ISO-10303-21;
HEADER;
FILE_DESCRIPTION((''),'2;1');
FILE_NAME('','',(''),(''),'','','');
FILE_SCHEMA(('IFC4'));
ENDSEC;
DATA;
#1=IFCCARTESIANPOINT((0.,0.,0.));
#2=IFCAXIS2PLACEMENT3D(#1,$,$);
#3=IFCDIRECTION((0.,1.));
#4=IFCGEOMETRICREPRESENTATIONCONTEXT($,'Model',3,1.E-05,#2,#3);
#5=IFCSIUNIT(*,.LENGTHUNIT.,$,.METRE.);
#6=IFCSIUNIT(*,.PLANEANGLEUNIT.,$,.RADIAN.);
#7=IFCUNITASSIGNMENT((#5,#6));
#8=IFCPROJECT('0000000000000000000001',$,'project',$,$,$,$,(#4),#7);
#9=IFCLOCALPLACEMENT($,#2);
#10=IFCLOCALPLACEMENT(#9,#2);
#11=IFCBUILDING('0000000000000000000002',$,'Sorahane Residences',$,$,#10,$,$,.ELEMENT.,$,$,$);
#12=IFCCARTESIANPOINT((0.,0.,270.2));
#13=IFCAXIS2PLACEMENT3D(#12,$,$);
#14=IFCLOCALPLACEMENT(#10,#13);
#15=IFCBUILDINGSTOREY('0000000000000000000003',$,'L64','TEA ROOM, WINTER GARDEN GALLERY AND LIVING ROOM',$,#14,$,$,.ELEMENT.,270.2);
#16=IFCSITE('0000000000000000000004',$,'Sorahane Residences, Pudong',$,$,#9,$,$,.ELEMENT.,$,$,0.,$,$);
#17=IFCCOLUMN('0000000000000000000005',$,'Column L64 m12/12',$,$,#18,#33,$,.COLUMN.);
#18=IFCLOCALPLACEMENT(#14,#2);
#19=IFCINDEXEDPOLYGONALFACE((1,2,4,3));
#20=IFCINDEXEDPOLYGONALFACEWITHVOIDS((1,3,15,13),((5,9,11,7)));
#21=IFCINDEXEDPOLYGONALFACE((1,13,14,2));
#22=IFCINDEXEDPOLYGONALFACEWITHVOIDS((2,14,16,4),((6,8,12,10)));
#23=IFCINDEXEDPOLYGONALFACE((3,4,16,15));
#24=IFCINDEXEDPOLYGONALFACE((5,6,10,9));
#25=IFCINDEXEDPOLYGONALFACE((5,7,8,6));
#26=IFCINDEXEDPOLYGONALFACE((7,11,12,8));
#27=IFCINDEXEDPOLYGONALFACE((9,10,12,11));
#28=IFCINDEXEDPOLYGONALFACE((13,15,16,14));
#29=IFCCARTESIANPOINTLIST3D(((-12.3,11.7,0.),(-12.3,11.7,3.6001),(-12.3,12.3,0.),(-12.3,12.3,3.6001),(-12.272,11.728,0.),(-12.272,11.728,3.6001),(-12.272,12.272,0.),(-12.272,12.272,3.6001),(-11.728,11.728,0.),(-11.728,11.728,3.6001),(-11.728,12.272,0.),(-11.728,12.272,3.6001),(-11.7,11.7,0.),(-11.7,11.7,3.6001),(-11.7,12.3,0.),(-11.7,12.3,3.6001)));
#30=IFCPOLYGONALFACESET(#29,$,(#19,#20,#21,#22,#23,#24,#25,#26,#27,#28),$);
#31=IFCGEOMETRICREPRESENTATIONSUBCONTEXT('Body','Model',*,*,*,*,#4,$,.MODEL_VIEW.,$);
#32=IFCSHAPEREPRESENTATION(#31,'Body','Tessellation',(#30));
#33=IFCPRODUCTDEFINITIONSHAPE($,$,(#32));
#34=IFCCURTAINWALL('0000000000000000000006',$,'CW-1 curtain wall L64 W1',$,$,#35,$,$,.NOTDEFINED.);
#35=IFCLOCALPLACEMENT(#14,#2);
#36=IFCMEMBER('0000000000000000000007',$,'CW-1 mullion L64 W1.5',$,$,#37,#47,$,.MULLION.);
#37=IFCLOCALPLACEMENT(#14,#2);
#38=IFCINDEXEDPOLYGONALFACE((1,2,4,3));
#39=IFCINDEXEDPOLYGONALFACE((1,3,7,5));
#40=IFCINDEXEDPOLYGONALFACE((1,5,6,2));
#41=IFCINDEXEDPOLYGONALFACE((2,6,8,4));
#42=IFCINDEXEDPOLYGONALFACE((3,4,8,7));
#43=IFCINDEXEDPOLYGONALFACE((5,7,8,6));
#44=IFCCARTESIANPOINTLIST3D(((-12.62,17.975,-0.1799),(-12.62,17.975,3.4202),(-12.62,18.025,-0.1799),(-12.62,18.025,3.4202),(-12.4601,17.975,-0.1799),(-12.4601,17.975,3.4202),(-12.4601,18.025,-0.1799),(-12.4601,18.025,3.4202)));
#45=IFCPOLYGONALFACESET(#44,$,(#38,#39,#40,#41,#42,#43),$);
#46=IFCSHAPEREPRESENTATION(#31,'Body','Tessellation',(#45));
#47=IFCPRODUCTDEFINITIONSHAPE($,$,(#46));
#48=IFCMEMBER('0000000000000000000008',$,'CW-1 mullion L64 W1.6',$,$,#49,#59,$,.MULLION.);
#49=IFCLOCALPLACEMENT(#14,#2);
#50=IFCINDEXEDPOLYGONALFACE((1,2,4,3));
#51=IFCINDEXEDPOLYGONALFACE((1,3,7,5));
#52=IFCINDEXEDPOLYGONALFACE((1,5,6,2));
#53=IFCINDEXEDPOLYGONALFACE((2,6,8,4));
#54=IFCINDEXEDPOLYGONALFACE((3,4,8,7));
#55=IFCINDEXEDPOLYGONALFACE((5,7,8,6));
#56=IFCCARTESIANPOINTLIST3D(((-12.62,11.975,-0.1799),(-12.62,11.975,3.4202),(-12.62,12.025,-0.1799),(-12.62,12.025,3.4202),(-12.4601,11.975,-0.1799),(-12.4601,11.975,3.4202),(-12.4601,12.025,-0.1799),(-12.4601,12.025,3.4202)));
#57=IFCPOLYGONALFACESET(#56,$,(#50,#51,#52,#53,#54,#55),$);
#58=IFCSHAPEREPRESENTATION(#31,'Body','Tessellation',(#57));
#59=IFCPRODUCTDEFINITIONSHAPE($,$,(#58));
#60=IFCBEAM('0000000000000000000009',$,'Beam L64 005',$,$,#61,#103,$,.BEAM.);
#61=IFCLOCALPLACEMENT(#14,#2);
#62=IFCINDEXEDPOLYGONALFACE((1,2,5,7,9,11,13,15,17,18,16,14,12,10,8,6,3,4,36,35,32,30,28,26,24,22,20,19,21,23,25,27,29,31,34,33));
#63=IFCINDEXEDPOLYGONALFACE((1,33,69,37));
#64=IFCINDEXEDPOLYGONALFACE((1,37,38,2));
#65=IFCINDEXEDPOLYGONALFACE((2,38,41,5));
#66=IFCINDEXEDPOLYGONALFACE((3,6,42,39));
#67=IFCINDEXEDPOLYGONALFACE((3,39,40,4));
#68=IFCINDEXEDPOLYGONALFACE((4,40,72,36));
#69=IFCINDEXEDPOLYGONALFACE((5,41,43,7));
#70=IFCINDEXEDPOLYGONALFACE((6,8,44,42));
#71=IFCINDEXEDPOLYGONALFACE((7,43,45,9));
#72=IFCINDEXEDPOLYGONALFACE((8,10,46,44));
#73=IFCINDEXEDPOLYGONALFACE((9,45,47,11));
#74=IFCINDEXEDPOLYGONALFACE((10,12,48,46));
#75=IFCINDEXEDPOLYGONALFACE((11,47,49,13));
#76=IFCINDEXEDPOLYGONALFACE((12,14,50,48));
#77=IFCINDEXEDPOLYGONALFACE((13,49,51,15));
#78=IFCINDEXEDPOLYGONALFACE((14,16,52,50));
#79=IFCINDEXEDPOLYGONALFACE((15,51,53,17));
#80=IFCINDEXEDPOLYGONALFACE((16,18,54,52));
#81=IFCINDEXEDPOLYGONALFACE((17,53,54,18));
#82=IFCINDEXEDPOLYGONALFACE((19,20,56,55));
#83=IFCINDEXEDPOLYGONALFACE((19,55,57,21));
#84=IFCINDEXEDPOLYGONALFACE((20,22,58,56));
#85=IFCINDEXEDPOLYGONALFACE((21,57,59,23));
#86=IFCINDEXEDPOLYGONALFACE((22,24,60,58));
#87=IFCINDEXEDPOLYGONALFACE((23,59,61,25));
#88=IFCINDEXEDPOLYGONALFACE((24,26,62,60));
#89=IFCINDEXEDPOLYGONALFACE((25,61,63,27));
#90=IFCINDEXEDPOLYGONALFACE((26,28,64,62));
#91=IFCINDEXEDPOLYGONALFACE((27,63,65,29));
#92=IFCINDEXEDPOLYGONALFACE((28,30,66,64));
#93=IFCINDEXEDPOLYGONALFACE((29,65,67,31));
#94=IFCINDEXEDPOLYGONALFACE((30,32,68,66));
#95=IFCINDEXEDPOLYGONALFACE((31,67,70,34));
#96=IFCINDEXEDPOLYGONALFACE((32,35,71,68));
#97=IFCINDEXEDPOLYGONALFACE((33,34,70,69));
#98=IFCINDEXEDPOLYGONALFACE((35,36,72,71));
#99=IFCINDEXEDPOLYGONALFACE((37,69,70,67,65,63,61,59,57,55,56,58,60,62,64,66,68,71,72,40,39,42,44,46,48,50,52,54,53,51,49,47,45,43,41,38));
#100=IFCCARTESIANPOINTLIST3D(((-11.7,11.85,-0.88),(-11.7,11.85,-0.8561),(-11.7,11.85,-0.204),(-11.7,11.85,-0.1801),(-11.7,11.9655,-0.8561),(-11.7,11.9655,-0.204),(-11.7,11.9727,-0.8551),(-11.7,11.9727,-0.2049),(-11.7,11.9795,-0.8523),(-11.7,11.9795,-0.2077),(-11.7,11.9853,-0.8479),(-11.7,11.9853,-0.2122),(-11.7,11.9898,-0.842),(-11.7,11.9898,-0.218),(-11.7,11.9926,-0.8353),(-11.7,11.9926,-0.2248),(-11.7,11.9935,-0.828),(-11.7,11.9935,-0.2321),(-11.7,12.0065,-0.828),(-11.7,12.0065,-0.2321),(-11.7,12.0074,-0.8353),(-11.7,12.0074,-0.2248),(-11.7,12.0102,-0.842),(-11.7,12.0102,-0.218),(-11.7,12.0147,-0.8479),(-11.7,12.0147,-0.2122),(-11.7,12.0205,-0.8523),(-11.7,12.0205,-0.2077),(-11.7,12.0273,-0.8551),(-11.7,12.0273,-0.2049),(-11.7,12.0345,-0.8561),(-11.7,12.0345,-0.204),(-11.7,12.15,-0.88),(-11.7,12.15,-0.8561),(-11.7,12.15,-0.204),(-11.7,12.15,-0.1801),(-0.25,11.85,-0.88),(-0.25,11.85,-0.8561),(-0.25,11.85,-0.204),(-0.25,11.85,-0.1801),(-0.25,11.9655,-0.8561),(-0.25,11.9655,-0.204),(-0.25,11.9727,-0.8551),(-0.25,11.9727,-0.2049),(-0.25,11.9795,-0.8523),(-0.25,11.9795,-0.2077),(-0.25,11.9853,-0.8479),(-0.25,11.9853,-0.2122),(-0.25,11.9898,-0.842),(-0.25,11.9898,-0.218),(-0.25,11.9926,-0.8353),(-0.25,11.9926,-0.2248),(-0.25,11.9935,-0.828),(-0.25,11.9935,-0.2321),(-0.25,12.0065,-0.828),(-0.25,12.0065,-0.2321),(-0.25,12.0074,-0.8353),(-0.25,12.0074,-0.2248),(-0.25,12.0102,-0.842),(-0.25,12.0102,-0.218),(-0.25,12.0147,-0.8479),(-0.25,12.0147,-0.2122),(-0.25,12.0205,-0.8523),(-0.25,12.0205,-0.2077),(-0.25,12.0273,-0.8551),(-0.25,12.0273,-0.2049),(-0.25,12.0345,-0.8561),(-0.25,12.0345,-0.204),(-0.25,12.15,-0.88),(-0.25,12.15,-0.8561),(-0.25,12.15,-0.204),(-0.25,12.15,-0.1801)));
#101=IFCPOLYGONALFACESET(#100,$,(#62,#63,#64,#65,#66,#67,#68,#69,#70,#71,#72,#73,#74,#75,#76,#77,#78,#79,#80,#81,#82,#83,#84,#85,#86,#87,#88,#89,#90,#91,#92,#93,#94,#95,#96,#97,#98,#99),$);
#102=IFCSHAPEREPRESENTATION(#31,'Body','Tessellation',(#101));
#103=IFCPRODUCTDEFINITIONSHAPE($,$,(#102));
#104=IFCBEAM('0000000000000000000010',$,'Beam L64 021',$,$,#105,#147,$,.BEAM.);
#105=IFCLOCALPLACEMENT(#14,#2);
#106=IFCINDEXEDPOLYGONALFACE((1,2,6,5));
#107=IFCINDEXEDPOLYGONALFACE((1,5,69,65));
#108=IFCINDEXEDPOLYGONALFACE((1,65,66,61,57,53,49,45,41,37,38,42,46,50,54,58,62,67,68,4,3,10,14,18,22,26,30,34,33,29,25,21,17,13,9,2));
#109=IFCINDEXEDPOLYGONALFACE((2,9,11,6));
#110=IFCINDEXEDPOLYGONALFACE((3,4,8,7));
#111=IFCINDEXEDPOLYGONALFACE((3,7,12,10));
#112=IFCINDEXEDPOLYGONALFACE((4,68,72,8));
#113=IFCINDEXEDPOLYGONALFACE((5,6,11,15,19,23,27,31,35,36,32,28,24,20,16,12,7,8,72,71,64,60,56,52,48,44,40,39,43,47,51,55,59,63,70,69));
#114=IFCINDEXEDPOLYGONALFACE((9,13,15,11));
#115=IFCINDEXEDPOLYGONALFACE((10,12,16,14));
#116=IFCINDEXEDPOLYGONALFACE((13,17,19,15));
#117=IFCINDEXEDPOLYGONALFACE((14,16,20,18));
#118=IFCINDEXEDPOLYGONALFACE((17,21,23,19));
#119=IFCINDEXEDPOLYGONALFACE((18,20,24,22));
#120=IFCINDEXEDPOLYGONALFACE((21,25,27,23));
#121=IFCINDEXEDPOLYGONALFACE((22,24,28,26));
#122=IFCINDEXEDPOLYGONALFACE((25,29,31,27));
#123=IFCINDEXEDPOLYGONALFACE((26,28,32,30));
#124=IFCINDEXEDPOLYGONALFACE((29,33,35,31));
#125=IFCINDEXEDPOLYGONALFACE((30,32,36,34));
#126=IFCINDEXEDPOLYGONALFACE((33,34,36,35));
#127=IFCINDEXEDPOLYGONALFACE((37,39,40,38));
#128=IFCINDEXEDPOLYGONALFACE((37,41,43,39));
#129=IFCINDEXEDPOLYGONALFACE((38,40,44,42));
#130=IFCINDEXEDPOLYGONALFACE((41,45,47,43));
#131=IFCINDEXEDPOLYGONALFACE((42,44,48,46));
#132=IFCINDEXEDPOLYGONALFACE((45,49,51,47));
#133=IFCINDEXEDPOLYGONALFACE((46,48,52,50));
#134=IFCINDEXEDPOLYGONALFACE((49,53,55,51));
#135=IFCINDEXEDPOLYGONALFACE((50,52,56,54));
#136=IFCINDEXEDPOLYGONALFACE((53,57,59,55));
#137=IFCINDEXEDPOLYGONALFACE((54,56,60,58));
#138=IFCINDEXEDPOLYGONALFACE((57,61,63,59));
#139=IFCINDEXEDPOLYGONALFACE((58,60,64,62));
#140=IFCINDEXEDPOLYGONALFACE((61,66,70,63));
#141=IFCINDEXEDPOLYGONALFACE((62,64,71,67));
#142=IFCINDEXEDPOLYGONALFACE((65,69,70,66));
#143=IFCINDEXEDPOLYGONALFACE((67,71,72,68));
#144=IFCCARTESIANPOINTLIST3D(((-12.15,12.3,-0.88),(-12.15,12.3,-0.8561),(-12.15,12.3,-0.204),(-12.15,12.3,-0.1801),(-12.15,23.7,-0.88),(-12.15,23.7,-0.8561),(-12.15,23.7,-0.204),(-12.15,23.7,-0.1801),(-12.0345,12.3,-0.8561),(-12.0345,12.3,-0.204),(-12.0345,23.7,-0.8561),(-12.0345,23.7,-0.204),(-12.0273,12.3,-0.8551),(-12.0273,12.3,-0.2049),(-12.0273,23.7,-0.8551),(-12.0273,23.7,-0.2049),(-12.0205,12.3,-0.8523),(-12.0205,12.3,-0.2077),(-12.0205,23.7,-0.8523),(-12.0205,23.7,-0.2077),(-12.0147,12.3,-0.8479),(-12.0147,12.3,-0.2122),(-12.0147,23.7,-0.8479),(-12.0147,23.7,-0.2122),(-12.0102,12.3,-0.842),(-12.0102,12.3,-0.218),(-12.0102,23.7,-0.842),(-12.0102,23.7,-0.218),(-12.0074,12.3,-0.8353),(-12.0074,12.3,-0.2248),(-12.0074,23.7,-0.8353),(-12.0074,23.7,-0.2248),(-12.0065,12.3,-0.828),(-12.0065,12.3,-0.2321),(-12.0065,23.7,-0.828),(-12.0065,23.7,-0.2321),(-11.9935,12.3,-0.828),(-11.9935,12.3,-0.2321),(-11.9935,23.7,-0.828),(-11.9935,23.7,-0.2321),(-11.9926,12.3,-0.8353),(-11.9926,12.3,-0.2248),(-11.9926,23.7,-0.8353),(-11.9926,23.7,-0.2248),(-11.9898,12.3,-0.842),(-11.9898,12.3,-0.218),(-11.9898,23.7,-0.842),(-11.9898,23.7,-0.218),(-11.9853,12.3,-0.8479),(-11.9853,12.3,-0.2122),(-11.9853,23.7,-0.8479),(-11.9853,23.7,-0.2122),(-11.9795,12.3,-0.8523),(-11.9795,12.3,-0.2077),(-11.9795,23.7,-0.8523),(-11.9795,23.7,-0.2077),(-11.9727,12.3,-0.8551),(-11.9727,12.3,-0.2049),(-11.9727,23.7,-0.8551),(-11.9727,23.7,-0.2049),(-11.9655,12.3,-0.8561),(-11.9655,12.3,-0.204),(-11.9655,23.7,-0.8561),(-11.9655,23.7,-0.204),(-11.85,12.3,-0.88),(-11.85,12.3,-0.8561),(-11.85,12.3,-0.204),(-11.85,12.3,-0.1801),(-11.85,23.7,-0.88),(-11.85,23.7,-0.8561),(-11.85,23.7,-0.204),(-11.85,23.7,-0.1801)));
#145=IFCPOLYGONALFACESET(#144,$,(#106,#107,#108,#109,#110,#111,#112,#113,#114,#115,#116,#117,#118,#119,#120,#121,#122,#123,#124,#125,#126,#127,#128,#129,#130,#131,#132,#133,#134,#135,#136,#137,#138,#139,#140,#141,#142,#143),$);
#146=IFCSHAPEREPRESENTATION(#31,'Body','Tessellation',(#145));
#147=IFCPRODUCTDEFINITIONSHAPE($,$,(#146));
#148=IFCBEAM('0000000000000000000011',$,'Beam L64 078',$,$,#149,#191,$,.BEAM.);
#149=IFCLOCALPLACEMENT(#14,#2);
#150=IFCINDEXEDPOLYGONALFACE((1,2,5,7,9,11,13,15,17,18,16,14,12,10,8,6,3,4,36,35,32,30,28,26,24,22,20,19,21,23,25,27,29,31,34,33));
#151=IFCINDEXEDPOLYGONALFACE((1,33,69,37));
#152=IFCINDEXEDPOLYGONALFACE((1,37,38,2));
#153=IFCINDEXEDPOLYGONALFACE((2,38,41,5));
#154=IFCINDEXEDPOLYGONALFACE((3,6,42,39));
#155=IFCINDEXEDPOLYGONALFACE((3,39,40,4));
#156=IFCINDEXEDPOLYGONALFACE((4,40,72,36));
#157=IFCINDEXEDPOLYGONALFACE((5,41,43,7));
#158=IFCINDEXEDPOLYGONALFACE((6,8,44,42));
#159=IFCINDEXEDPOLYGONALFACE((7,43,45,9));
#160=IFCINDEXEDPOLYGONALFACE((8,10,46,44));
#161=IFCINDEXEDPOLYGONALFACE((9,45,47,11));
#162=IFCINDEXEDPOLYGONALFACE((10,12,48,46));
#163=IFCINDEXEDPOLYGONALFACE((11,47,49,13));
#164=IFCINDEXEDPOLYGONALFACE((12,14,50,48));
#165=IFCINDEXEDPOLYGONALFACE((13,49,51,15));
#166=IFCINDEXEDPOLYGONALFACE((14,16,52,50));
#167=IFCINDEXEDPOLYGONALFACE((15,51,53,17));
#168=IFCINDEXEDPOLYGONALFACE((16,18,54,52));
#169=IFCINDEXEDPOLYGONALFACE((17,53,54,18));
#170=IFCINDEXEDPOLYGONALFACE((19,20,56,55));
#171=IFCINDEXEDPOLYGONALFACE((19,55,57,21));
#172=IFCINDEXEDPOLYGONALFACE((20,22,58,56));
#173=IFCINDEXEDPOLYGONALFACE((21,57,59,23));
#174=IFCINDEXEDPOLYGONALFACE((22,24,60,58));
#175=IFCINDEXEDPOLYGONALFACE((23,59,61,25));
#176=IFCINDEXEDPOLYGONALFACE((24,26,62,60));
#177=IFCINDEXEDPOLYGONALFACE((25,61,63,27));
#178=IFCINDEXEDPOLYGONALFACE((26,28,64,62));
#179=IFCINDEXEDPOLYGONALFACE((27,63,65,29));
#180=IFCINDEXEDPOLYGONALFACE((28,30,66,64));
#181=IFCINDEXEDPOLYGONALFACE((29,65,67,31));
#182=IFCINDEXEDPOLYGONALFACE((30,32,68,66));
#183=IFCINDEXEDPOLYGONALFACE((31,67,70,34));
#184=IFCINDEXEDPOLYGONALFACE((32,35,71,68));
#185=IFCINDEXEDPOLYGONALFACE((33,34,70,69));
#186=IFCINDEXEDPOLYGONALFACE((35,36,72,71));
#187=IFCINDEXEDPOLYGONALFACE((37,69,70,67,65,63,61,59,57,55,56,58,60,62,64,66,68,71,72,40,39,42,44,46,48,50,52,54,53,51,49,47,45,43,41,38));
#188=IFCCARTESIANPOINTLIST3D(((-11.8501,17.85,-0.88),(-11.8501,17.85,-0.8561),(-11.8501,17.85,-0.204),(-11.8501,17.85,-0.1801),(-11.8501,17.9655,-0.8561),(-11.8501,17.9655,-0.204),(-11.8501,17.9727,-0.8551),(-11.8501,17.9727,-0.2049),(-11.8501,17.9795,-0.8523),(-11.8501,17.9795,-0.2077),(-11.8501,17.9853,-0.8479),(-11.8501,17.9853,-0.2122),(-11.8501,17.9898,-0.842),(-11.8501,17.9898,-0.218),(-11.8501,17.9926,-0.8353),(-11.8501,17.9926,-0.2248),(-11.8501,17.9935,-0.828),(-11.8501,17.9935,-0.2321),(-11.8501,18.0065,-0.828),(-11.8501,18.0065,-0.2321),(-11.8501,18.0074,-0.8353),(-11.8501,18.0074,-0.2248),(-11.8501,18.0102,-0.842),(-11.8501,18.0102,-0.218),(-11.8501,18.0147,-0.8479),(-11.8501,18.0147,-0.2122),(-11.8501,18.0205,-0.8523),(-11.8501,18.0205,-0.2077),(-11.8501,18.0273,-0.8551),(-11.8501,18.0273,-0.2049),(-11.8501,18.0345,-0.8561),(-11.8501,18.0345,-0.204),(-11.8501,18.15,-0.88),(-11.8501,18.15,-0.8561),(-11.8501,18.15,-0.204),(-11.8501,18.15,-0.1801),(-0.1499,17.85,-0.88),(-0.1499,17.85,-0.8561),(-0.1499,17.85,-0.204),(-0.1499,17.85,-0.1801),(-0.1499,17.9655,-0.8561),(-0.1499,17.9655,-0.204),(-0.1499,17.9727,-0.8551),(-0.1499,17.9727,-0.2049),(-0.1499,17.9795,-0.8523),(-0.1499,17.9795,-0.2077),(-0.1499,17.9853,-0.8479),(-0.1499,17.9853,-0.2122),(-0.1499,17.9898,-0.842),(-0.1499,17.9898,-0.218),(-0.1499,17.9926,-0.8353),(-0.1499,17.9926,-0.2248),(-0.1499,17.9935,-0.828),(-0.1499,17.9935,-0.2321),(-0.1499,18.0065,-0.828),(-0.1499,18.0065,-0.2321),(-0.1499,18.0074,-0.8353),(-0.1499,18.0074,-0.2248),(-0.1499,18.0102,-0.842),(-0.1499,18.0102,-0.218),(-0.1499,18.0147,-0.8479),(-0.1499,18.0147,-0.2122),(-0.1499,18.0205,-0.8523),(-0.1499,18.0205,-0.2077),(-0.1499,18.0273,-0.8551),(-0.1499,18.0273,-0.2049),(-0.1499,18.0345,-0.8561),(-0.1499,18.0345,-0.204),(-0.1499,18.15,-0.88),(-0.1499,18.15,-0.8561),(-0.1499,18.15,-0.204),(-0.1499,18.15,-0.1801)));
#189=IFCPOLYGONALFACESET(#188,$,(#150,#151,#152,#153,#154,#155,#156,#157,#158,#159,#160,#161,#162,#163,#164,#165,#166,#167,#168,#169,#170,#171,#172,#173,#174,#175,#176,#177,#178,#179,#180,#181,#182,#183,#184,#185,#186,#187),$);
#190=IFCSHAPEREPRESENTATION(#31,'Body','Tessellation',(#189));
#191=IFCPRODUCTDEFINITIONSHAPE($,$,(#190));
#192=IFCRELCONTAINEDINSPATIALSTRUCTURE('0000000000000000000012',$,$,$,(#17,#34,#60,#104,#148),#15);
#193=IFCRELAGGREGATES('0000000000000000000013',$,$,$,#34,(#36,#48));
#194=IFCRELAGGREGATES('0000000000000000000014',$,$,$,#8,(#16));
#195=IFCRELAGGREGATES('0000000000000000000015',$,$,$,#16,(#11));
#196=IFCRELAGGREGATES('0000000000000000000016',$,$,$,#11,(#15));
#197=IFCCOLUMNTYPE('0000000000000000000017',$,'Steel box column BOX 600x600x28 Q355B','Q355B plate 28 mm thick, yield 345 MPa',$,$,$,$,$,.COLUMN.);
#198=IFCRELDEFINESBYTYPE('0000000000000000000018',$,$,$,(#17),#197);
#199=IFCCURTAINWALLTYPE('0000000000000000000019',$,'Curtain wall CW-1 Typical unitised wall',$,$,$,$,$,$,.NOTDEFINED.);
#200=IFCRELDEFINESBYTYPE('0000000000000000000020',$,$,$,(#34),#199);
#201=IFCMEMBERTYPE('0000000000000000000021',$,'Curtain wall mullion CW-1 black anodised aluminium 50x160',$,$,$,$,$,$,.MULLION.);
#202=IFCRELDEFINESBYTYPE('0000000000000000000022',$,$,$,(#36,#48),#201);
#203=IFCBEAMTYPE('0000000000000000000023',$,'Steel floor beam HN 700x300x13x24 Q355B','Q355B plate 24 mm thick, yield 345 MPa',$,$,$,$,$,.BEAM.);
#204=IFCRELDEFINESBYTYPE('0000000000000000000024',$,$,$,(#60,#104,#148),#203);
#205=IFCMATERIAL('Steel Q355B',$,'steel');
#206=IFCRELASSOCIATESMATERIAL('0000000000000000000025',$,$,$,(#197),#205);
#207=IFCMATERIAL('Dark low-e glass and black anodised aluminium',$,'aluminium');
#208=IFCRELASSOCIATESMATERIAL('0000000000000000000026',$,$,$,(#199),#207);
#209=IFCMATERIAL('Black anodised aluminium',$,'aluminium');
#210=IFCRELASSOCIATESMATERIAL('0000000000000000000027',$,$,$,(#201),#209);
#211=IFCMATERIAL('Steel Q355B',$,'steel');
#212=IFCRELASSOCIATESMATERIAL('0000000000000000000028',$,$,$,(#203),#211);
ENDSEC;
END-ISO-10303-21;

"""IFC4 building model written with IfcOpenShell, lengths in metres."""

from ifc_helpers import new_model, si_unit, direction, frame, origin, origin_2d, place, context, subcontext, project, spatial, rectangle, hollow_rectangle, i_section, extrude, material, material_profile, profile_set, type_object, element, aggregate, save


model = new_model("IFC4")

# Units and contexts
model_context = context("Model", 3, precision=1e-05, world=origin(), true_north=direction((0.0, 1.0)))
body_context = subcontext(model_context, "Body", "Model", "MODEL_VIEW")
ifc_project = project(units=[si_unit("LENGTHUNIT", "METRE"), si_unit("PLANEANGLEUNIT", "RADIAN")], contexts=[model_context])

# Site, building, storey
site_placement = place(None, origin())
site = spatial("IfcSite", under=ifc_project, at=site_placement, Name="Sorahane Residences, Pudong", CompositionType="ELEMENT", RefElevation=0.0)
building_placement = place(site_placement, origin())
building = spatial("IfcBuilding", under=site, at=building_placement, Name="Sorahane Residences", CompositionType="ELEMENT")
storey_placement = place(building_placement, frame((0.0, 0.0, 270.2)))
storey = spatial("IfcBuildingStorey", under=building, at=storey_placement, Name="L64", Description="TEA ROOM, WINTER GARDEN GALLERY AND LIVING ROOM", CompositionType="ELEMENT", Elevation=270.2)

# Column
ifc_material_1 = material(Name="Steel Q355B", Category="steel")
ifc_material_profile_1 = material_profile(ifc_material_1, hollow_rectangle(XDim=0.6001, YDim=0.6001, WallThickness=0.0281, at=origin_2d()), Name="BOX 600x600x28")
ifc_profile_set_1 = profile_set([ifc_material_profile_1], Name="Steel Q355B")
column_type = type_object("IfcColumnType", Name="Steel box column BOX 600x600x28 Q355B", Description="Q355B plate 28 mm thick, yield 345 MPa", PredefinedType="COLUMN", material=ifc_profile_set_1)
column_placement = place(storey_placement, frame((-12.0, 12.0, 0.0), z_axis=(0.0, 0.0, 1.0), x_axis=(1.0, 0.0, 0.0)))
element("IfcColumn", 1, at=column_placement, inside=storey, type_object=column_type, Name="Column L64 m12/12", PredefinedType="COLUMN", context=body_context, shape_type="SweptSolid", body=[
    extrude(hollow_rectangle(XDim=0.6001, YDim=0.6001, WallThickness=0.0281, at=origin_2d()), origin(), (0.0, 0.0, 1.0), 3.6001),
])

# Curtain wall, members
ifc_material_2 = material(Name="Dark low-e glass and black anodised aluminium", Category="aluminium")
curtain_wall_type = type_object("IfcCurtainWallType", Name="Curtain wall CW-1 Typical unitised wall", PredefinedType="NOTDEFINED", material=ifc_material_2)
curtain_wall_placement = place(storey_placement, origin())
curtain_wall = element("IfcCurtainWall", 2, at=curtain_wall_placement, inside=storey, type_object=curtain_wall_type, Name="CW-1 curtain wall L64 W1", PredefinedType="NOTDEFINED")
ifc_material_3 = material(Name="Black anodised aluminium", Category="aluminium")
ifc_material_profile_2 = material_profile(ifc_material_3, rectangle(XDim=0.1599, YDim=0.05, at=origin_2d()), Name="Curtain wall mullion CW-1 black anodised aluminium 50x160")
ifc_profile_set_2 = profile_set([ifc_material_profile_2], Name="Black anodised aluminium")
member_type = type_object("IfcMemberType", Name="Curtain wall mullion CW-1 black anodised aluminium 50x160", PredefinedType="MULLION", material=ifc_profile_set_2)
member_1_placement = place(storey_placement, frame((-12.54, 18.0, -0.1799), z_axis=(0.0, 0.0, 1.0), x_axis=(-1.0, 0.0, 0.0)))
member_1 = element("IfcMember", 3, at=member_1_placement, type_object=member_type, Name="CW-1 mullion L64 W1.5", PredefinedType="MULLION", context=body_context, shape_type="SweptSolid", body=[
    extrude(rectangle(XDim=0.1599, YDim=0.05, at=origin_2d()), origin(), (0.0, 0.0, 1.0), 3.6001),
])
member_2_placement = place(storey_placement, frame((-12.54, 12.0, -0.1799), z_axis=(0.0, 0.0, 1.0), x_axis=(-1.0, 0.0, 0.0)))
member_2 = element("IfcMember", 4, at=member_2_placement, type_object=member_type, Name="CW-1 mullion L64 W1.6", PredefinedType="MULLION", context=body_context, shape_type="SweptSolid", body=[
    extrude(rectangle(XDim=0.1599, YDim=0.05, at=origin_2d()), origin(), (0.0, 0.0, 1.0), 3.6001),
])

# Beams
ifc_material_4 = material(Name="Steel Q355B", Category="steel")
ifc_material_profile_3 = material_profile(ifc_material_4, i_section(OverallWidth=0.3, OverallDepth=0.7, WebThickness=0.0129, FlangeThickness=0.0239, FilletRadius=0.0281, at=origin_2d()), Name="HN 700x300x13x24")
ifc_profile_set_3 = profile_set([ifc_material_profile_3], Name="Steel Q355B")
beam_type = type_object("IfcBeamType", Name="Steel floor beam HN 700x300x13x24 Q355B", Description="Q355B plate 24 mm thick, yield 345 MPa", PredefinedType="BEAM", material=ifc_profile_set_3)
beam_1_placement = place(storey_placement, frame((-11.7, 12.0, -0.53), z_axis=(1.0, 0.0, 0.0), x_axis=(0.0, 1.0, 0.0)))
element("IfcBeam", 5, at=beam_1_placement, inside=storey, type_object=beam_type, Name="Beam L64 005", PredefinedType="BEAM", context=body_context, shape_type="SweptSolid", body=[
    extrude(i_section(OverallWidth=0.3, OverallDepth=0.7, WebThickness=0.0129, FlangeThickness=0.0239, FilletRadius=0.0281, at=origin_2d()), origin(), (0.0, 0.0, 1.0), 11.45),
])
beam_2_placement = place(storey_placement, frame((-12.0, 12.3, -0.53), z_axis=(0.0, 1.0, 0.0), x_axis=(-1.0, 0.0, 0.0)))
element("IfcBeam", 6, at=beam_2_placement, inside=storey, type_object=beam_type, Name="Beam L64 021", PredefinedType="BEAM", context=body_context, shape_type="SweptSolid", body=[
    extrude(i_section(OverallWidth=0.3, OverallDepth=0.7, WebThickness=0.0129, FlangeThickness=0.0239, FilletRadius=0.0281, at=origin_2d()), origin(), (0.0, 0.0, 1.0), 11.3999),
])
beam_3_placement = place(storey_placement, frame((-11.8501, 18.0, -0.53), z_axis=(1.0, 0.0, 0.0), x_axis=(0.0, 1.0, 0.0)))
element("IfcBeam", 7, at=beam_3_placement, inside=storey, type_object=beam_type, Name="Beam L64 078", PredefinedType="BEAM", context=body_context, shape_type="SweptSolid", body=[
    extrude(i_section(OverallWidth=0.3, OverallDepth=0.7, WebThickness=0.0129, FlangeThickness=0.0239, FilletRadius=0.0281, at=origin_2d()), origin(), (0.0, 0.0, 1.0), 11.7002),
])

aggregate(curtain_wall, [member_1, member_2])

save(model, "model.ifc")
